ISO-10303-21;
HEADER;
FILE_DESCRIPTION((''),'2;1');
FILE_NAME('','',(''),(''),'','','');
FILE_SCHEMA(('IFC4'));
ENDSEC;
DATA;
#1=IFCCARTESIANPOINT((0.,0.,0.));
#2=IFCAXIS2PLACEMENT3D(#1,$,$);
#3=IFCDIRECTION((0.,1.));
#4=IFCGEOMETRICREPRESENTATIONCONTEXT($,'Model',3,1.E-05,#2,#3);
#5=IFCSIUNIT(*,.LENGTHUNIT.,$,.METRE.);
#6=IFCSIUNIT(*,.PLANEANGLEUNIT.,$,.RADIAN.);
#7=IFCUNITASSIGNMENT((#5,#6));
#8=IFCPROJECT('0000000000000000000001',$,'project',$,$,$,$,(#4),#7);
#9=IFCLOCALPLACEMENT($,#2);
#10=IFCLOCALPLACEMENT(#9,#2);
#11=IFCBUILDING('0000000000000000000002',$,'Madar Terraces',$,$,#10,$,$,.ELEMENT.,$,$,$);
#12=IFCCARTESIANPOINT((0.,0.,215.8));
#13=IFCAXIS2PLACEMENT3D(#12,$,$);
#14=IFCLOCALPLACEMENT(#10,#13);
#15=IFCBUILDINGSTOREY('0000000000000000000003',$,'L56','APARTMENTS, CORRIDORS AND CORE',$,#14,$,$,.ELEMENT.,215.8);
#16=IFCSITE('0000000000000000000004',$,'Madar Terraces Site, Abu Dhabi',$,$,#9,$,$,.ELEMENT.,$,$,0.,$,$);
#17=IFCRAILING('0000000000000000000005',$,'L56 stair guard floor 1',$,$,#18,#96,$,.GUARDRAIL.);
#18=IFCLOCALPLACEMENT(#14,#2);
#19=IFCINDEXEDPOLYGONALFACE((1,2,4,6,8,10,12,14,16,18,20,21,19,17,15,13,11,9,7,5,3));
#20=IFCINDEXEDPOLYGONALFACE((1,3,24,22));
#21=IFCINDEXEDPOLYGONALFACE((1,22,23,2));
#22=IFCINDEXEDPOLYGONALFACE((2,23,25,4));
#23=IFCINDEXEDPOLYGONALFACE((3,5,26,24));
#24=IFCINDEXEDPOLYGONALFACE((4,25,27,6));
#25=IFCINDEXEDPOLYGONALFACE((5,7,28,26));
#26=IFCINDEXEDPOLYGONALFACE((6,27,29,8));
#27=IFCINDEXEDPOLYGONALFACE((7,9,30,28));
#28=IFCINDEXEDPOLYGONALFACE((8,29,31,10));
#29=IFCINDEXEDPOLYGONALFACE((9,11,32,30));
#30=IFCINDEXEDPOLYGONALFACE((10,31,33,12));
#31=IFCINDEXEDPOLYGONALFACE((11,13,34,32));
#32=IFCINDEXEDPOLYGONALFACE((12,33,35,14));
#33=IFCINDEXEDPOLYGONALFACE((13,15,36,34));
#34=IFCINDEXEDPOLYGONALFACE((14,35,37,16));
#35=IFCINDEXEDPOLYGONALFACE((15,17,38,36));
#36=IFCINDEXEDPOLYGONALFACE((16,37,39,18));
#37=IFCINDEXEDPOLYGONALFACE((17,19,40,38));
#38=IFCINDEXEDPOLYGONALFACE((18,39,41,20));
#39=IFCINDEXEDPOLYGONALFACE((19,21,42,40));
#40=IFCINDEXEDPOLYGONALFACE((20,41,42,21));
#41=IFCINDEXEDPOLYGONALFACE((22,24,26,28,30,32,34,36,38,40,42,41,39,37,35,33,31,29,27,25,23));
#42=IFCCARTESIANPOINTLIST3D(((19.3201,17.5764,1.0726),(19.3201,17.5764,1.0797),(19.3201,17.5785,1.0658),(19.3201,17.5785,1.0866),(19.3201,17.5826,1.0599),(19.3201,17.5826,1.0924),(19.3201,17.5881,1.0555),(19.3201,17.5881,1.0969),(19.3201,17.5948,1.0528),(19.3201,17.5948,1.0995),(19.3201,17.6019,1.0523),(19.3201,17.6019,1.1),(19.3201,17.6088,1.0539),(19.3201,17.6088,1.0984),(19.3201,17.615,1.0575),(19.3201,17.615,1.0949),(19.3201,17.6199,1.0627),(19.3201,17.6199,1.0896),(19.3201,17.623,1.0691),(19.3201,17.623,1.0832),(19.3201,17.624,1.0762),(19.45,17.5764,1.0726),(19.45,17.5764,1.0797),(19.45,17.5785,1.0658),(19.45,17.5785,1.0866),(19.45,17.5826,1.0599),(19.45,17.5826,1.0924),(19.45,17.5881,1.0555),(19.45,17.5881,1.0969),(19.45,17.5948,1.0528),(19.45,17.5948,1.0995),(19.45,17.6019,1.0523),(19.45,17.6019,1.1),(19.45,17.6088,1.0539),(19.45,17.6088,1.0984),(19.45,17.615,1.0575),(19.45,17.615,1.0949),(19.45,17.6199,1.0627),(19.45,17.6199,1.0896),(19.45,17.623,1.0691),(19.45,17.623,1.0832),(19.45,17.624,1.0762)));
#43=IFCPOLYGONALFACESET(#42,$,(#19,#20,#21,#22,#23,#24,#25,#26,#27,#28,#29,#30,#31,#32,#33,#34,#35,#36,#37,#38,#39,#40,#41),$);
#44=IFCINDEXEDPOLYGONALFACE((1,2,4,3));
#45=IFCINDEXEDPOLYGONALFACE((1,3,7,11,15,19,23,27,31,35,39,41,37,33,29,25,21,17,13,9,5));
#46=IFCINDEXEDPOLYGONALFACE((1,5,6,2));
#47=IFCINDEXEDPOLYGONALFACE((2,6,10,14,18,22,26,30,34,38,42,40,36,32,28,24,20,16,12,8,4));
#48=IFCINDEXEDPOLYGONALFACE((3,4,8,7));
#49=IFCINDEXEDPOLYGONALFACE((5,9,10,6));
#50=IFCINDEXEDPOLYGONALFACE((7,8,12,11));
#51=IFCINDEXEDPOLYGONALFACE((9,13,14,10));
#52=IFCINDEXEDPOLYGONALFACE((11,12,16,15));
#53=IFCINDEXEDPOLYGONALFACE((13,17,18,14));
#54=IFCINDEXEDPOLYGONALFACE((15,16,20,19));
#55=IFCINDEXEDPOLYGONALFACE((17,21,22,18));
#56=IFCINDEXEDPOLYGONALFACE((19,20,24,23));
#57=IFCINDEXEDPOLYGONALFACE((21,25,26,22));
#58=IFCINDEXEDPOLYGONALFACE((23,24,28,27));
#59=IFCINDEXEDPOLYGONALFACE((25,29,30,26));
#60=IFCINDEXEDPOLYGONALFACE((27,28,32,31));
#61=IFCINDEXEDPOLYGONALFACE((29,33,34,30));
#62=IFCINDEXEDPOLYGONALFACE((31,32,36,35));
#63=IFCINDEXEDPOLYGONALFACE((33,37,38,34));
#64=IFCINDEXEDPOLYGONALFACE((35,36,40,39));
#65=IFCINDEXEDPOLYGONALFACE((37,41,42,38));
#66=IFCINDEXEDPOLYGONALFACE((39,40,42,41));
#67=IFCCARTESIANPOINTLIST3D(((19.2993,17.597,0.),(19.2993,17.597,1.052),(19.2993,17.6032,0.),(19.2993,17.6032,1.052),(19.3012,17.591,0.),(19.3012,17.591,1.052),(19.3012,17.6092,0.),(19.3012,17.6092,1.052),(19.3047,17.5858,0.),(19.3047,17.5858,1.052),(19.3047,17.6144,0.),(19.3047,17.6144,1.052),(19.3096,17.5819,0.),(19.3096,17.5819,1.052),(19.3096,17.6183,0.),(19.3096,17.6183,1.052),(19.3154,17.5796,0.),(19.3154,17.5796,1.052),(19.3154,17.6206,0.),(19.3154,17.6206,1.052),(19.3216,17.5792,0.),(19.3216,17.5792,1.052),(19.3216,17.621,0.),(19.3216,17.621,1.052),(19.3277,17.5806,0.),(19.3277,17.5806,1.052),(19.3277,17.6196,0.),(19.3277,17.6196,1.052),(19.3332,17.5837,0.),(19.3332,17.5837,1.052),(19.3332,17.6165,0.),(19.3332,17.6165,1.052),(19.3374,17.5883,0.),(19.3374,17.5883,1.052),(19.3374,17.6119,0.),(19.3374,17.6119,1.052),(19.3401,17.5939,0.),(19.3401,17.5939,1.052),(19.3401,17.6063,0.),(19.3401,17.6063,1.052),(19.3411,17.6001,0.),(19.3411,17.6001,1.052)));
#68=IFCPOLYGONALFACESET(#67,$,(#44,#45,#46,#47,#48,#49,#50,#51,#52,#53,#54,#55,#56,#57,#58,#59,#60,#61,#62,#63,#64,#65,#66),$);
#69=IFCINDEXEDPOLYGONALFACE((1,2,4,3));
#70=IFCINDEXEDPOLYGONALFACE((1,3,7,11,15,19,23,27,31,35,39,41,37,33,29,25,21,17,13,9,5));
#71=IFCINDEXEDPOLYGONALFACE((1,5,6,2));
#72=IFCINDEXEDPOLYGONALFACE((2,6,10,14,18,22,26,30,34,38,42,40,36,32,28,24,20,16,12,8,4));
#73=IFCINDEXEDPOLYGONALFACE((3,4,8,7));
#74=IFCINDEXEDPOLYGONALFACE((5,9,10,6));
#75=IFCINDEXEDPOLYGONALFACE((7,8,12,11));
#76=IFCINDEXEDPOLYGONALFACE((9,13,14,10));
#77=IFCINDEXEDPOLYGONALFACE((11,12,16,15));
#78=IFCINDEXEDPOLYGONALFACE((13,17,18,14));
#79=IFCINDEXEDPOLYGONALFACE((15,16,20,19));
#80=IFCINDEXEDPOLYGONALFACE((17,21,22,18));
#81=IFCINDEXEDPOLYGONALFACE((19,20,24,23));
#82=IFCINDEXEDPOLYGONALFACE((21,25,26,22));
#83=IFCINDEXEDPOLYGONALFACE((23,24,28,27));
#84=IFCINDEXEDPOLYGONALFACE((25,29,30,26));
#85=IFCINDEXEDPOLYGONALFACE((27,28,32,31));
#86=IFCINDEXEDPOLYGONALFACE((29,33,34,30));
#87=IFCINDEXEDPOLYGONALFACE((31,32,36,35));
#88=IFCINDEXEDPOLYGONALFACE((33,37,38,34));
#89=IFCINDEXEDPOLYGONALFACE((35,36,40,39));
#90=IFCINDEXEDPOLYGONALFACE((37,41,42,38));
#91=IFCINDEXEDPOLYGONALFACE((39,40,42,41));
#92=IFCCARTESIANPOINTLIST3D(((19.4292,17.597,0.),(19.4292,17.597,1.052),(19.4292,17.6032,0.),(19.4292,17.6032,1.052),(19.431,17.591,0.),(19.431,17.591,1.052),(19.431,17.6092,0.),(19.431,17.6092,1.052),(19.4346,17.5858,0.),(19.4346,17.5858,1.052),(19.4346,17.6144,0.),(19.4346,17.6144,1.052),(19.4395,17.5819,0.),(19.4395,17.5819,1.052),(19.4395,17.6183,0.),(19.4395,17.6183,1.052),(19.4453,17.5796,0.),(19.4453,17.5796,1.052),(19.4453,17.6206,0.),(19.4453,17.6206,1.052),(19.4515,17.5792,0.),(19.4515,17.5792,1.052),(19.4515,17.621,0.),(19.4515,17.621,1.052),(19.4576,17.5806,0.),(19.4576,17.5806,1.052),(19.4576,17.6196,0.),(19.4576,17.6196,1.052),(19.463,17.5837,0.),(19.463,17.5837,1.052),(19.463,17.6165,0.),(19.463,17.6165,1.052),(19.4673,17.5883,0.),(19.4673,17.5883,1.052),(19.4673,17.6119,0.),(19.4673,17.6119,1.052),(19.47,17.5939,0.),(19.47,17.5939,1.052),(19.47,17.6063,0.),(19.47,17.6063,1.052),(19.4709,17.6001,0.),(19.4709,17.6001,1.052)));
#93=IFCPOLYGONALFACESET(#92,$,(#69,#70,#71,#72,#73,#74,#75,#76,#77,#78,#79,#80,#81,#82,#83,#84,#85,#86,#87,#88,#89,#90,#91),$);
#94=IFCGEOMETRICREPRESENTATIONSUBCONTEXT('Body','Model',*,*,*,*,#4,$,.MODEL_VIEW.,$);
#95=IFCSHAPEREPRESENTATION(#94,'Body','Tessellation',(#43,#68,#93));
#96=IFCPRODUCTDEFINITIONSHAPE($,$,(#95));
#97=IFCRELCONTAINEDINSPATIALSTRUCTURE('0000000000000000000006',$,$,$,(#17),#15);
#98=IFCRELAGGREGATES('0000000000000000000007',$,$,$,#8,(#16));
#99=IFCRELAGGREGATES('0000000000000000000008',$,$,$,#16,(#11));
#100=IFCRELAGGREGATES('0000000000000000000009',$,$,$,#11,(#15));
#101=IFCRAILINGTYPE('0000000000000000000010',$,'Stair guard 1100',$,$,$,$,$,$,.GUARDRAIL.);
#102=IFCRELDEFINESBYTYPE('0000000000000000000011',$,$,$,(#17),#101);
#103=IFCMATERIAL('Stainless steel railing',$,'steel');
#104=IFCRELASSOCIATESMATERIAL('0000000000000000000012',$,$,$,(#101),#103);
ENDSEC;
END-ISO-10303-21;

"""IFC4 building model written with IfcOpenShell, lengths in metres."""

from ifc_helpers import new_model, si_unit, direction, frame, origin, origin_2d, place, context, subcontext, project, spatial, circle, extrude, material, type_object, element, save


model = new_model("IFC4")

# Units and contexts
model_context = context("Model", 3, precision=1e-05, world=origin(), true_north=direction((0.0, 1.0)))
body_context = subcontext(model_context, "Body", "Model", "MODEL_VIEW")
ifc_project = project(units=[si_unit("LENGTHUNIT", "METRE"), si_unit("PLANEANGLEUNIT", "RADIAN")], contexts=[model_context])

# Site, building, storey
site_placement = place(None, origin())
site = spatial("IfcSite", under=ifc_project, at=site_placement, Name="Madar Terraces Site, Abu Dhabi", CompositionType="ELEMENT", RefElevation=0.0)
building_placement = place(site_placement, origin())
building = spatial("IfcBuilding", under=site, at=building_placement, Name="Madar Terraces", CompositionType="ELEMENT")
storey_placement = place(building_placement, frame((0.0, 0.0, 215.8)))
storey = spatial("IfcBuildingStorey", under=building, at=storey_placement, Name="L56", Description="APARTMENTS, CORRIDORS AND CORE", CompositionType="ELEMENT", Elevation=215.8)

# Railing
ifc_material_1 = material(Name="Stainless steel railing", Category="steel")
railing_type_1 = type_object("IfcRailingType", Name="Stair guard 1100", PredefinedType="GUARDRAIL", material=ifc_material_1)
for number, where, name in (
    (1, (19.3201, 17.6001, 0.0), "L56 stair guard floor 1"),
):
    element("IfcRailing", number, at=place(storey_placement, frame(where)), inside=storey, type_object=railing_type_1, Name=name, PredefinedType="GUARDRAIL", context=body_context, shape_type="SweptSolid", body=[
        extrude(circle(Radius=0.0239, at=origin_2d()), frame((0.0, 0.0, 1.0762), z_axis=(1.0, 0.0, 0.0), x_axis=(0.0, 1.0, 0.0)), (0.0, 0.0, 1.0), 0.1299),
        extrude(circle(Radius=0.021, at=origin_2d()), origin(), (0.0, 0.0, 1.0), 1.052),
        extrude(circle(Radius=0.021, at=origin_2d()), frame((0.1299, 0.0, 0.0)), (0.0, 0.0, 1.0), 1.052),
    ])

save(model, "model.ifc")
